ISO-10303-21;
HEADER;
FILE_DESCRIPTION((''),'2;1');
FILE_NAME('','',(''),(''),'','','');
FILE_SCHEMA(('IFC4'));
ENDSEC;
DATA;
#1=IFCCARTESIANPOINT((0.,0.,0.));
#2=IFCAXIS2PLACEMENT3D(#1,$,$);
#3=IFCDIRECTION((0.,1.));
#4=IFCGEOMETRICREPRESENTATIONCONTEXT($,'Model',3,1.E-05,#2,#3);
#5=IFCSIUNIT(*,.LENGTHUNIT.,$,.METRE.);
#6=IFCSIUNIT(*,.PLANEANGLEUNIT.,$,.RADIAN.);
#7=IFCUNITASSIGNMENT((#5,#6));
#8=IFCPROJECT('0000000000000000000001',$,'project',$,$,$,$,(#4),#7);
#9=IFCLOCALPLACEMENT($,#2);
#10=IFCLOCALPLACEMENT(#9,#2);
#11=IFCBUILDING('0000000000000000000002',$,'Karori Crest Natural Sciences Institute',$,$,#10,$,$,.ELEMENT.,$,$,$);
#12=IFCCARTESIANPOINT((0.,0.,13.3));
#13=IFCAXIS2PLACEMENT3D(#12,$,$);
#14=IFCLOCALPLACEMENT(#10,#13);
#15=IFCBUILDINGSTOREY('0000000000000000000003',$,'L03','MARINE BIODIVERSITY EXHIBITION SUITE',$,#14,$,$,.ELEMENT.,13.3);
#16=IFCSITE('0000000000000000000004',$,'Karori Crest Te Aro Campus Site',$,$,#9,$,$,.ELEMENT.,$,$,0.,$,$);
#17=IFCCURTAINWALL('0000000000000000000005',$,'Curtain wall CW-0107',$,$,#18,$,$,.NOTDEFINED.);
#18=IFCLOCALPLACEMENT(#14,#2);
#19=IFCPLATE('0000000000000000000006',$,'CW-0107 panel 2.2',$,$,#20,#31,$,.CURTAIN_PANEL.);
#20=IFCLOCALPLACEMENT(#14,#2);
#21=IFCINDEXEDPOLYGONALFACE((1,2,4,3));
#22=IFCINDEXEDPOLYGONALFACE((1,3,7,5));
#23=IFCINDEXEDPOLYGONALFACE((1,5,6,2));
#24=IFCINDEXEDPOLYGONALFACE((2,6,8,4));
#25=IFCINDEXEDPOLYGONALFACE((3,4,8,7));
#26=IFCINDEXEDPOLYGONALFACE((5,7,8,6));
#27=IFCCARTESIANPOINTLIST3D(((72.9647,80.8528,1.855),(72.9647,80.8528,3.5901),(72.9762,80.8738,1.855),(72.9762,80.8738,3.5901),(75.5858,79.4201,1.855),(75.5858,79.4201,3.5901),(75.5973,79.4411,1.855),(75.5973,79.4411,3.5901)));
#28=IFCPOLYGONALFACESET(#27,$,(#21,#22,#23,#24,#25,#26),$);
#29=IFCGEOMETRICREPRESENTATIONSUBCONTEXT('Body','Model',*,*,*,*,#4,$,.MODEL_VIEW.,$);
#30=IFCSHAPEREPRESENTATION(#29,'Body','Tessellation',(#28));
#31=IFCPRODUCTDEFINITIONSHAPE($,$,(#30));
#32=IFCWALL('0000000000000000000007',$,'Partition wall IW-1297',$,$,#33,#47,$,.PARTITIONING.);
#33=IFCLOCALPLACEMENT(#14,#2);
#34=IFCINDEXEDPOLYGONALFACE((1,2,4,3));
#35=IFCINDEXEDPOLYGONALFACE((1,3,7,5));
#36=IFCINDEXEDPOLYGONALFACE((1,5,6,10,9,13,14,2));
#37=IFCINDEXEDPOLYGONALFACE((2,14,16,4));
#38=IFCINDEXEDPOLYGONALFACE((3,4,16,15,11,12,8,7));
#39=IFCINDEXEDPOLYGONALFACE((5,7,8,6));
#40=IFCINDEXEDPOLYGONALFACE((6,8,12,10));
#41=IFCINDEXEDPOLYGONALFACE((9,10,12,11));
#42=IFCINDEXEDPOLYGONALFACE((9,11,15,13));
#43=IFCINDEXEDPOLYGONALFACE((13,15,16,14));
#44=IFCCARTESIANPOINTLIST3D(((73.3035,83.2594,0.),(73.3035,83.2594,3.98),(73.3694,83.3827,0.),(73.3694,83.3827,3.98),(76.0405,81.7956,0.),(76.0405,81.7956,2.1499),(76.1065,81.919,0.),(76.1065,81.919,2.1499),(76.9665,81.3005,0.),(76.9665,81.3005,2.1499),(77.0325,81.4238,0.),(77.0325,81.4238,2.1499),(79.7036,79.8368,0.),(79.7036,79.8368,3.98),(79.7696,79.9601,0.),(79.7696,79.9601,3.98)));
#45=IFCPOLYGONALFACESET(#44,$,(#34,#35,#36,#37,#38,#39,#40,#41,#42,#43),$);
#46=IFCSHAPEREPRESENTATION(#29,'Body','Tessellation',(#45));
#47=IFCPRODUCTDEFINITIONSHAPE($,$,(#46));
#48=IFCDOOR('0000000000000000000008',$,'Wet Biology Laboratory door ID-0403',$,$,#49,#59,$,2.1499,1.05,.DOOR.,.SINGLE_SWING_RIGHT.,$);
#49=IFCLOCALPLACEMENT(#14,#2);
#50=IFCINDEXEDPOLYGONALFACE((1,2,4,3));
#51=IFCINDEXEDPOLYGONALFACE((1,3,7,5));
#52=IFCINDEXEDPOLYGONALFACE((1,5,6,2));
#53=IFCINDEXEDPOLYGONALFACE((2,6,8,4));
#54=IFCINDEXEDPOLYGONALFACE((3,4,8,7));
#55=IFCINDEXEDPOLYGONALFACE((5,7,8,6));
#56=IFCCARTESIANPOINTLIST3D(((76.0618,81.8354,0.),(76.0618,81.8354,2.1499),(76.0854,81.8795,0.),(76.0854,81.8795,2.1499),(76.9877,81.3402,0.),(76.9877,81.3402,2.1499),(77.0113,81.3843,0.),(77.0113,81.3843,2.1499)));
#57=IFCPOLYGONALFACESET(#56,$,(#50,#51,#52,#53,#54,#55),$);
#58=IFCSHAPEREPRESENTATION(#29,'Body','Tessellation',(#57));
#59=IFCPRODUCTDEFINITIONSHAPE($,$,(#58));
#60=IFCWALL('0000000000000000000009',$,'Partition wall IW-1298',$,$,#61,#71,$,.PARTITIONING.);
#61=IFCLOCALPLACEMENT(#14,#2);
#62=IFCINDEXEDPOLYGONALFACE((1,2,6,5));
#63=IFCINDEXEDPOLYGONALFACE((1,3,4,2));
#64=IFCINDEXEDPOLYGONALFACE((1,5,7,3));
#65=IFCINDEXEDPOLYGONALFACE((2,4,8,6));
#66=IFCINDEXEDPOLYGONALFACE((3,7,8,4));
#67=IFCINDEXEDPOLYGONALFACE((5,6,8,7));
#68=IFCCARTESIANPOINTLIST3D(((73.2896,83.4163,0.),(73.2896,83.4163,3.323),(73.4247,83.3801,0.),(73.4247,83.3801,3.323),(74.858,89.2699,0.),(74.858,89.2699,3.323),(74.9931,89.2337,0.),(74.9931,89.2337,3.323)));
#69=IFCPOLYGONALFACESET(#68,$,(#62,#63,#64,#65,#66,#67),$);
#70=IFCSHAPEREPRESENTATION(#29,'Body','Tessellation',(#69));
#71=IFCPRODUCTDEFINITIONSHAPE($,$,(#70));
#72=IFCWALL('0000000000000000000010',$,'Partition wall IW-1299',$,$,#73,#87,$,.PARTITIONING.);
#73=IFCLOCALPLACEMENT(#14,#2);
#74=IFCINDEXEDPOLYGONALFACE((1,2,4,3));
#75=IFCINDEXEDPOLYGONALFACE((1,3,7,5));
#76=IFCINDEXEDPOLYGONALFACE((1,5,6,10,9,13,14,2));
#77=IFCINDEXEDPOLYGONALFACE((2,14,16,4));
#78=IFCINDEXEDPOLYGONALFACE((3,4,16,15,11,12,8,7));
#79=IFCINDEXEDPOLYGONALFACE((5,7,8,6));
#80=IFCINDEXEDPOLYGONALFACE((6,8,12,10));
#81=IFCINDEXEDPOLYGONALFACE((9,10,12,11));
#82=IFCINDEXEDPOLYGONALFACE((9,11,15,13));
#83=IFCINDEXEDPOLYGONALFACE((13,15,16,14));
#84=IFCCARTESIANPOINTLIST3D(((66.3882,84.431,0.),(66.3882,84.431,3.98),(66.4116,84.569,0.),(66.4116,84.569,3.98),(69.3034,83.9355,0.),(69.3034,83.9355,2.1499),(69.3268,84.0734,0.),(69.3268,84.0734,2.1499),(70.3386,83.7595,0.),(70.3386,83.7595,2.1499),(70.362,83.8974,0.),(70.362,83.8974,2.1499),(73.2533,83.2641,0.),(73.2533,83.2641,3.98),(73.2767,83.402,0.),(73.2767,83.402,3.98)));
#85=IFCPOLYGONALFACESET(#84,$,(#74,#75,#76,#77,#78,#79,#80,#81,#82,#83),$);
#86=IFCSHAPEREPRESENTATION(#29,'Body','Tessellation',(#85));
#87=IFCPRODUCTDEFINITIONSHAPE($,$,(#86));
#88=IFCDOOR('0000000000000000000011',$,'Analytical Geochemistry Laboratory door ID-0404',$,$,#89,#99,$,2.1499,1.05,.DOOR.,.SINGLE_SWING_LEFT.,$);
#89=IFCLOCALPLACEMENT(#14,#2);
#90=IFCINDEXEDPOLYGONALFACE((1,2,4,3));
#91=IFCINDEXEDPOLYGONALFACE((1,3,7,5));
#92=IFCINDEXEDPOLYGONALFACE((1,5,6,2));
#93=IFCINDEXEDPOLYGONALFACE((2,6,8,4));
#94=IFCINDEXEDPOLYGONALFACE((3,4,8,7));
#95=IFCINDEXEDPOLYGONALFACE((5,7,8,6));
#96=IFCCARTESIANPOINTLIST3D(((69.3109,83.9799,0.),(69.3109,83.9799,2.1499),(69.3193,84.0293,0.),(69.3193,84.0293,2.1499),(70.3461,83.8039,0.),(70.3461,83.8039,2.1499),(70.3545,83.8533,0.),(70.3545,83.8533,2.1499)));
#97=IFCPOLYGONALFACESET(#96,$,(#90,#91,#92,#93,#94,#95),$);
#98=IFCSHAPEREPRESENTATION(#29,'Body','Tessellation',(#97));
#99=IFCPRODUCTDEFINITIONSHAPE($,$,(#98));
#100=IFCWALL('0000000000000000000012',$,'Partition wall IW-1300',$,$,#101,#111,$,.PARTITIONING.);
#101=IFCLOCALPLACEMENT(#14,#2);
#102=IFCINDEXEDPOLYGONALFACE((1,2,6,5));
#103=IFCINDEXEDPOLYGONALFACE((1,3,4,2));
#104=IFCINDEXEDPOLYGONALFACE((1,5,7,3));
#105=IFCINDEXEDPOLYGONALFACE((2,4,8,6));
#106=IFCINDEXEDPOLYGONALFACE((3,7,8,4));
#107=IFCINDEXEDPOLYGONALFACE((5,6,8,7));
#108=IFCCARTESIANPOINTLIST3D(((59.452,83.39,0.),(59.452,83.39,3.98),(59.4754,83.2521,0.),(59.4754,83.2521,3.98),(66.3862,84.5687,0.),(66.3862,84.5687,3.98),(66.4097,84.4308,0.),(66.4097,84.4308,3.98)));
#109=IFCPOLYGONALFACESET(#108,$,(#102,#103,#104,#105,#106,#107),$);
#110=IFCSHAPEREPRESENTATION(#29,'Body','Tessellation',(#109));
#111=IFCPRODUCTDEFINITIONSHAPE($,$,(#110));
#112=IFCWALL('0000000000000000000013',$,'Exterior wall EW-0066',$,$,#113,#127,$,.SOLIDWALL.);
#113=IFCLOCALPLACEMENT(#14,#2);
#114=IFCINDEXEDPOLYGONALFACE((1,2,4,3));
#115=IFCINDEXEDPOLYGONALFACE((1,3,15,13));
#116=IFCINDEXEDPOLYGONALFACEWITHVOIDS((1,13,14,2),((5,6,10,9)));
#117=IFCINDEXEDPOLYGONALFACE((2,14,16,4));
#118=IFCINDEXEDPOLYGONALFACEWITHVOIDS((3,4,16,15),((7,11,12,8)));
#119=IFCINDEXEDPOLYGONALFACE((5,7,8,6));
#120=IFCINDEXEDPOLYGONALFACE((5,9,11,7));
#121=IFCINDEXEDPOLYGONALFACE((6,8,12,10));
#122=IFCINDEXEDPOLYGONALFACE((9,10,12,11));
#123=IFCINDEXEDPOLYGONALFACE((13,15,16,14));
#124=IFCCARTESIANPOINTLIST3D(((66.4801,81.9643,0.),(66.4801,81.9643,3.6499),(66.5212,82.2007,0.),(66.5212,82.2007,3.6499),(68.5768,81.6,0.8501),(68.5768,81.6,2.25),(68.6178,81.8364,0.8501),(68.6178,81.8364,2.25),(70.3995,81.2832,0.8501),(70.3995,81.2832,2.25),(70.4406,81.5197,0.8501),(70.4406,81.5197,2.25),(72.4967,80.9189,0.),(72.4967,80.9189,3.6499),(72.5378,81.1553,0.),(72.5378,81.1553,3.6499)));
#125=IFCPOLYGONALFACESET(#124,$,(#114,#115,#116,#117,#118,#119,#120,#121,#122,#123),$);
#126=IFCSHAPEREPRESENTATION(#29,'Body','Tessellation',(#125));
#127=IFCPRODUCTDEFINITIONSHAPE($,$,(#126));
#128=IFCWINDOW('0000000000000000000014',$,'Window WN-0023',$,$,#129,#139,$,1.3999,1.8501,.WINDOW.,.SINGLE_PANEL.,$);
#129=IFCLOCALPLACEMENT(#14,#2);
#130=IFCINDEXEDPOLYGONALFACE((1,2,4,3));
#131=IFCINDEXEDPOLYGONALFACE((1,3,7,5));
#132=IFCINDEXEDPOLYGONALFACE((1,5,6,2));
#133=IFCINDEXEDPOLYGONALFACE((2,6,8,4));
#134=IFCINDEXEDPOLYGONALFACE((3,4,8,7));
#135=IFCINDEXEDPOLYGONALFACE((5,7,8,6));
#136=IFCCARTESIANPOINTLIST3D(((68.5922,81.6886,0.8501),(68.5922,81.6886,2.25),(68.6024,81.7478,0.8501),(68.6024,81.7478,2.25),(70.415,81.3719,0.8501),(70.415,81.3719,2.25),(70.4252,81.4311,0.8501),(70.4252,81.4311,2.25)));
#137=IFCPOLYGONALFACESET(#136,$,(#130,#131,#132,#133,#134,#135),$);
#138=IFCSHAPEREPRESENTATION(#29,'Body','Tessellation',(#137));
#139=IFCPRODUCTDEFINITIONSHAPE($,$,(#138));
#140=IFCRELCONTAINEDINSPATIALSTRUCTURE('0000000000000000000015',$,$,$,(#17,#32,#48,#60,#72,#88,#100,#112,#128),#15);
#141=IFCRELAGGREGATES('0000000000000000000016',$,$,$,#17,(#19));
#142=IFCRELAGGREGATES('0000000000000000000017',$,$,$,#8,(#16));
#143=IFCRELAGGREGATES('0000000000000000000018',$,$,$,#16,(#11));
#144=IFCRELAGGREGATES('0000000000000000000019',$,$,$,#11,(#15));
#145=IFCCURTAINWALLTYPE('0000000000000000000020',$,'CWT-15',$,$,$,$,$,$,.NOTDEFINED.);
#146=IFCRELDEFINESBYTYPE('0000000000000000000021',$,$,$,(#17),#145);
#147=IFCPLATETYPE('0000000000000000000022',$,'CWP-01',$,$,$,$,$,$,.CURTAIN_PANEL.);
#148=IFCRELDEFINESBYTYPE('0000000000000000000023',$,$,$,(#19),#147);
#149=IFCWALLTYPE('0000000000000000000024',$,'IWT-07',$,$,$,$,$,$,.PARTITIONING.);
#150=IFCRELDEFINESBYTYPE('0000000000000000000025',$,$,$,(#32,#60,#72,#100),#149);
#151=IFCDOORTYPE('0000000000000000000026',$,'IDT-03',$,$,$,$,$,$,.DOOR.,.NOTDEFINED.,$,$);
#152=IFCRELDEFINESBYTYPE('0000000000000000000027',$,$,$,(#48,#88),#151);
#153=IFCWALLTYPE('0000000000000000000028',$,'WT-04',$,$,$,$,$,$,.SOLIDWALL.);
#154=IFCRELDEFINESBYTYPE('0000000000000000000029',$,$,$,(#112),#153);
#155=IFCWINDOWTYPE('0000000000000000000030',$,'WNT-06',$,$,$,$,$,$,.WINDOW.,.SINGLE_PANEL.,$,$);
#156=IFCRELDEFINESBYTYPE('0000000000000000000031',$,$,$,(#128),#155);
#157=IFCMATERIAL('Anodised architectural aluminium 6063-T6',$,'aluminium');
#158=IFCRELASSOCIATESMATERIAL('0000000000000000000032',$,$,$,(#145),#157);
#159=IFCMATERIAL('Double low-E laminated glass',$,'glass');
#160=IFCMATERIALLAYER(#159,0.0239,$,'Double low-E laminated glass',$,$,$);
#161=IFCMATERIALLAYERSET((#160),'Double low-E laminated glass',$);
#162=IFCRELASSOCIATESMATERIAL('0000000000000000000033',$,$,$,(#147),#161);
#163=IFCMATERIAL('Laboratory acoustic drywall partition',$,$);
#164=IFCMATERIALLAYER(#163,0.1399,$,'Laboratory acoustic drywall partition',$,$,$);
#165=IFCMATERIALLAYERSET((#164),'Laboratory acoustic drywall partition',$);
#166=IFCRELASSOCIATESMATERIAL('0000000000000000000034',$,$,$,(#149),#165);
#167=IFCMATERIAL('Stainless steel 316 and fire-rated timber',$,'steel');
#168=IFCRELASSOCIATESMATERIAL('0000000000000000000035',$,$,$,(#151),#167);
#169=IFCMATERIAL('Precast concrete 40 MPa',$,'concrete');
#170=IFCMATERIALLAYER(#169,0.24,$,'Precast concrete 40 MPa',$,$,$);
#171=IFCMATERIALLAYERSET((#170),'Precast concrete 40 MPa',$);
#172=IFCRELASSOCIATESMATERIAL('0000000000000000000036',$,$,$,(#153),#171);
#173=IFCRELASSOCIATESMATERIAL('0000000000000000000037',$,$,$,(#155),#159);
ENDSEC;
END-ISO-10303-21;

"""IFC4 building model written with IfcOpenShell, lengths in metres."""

from ifc_helpers import new_model, si_unit, direction, frame, frame_2d, origin, origin_2d, place, context, subcontext, project, spatial, rectangle, extrude, material, layer, layer_set, type_object, element, fill, aggregate, save


model = new_model("IFC4")

# Units and contexts
model_context = context("Model", 3, precision=1e-05, world=origin(), true_north=direction((0.0, 1.0)))
body_context = subcontext(model_context, "Body", "Model", "MODEL_VIEW")
ifc_project = project(units=[si_unit("LENGTHUNIT", "METRE"), si_unit("PLANEANGLEUNIT", "RADIAN")], contexts=[model_context])

# Site, building, storey
site_placement = place(None, origin())
site = spatial("IfcSite", under=ifc_project, at=site_placement, Name="Karori Crest Te Aro Campus Site", CompositionType="ELEMENT", RefElevation=0.0)
building_placement = place(site_placement, origin())
building = spatial("IfcBuilding", under=site, at=building_placement, Name="Karori Crest Natural Sciences Institute", CompositionType="ELEMENT")
storey_placement = place(building_placement, frame((0.0, 0.0, 13.3)))
storey = spatial("IfcBuildingStorey", under=building, at=storey_placement, Name="L03", Description="MARINE BIODIVERSITY EXHIBITION SUITE", CompositionType="ELEMENT", Elevation=13.3)

# Curtain wall
ifc_material_1 = material(Name="Anodised architectural aluminium 6063-T6", Category="aluminium")
curtain_wall_type_1 = type_object("IfcCurtainWallType", Name="CWT-15", PredefinedType="NOTDEFINED", material=ifc_material_1)
curtain_wall_1_placement = place(storey_placement, origin())
curtain_wall_1 = element("IfcCurtainWall", 1, at=curtain_wall_1_placement, inside=storey, type_object=curtain_wall_type_1, Name="Curtain wall CW-0107", PredefinedType="NOTDEFINED")

# Plate
ifc_material_2 = material(Name="Double low-E laminated glass", Category="glass")
ifc_layer_1 = layer(ifc_material_2, 0.0239, Name="Double low-E laminated glass")
ifc_layer_set_1 = layer_set([ifc_layer_1], Name="Double low-E laminated glass")
plate_type = type_object("IfcPlateType", Name="CWP-01", PredefinedType="CURTAIN_PANEL", material=ifc_layer_set_1)
plate_1_placement = place(storey_placement, frame((74.281, 80.147, 1.855), z_axis=(0.0, 0.0, 1.0), x_axis=(-0.87747, 0.479631, 0.0)))
plate_1 = element("IfcPlate", 2, at=plate_1_placement, type_object=plate_type, Name="CW-0107 panel 2.2", PredefinedType="CURTAIN_PANEL", context=body_context, shape_type="SweptSolid", body=[
    extrude(rectangle(XDim=2.9871, YDim=0.0239, at=origin_2d()), origin(), (0.0, 0.0, 1.0), 1.7351),
])
aggregate(curtain_wall_1, [plate_1])

# Wall, opening, door
ifc_material_3 = material(Name="Laboratory acoustic drywall partition")
ifc_layer_2 = layer(ifc_material_3, 0.1399, Name="Laboratory acoustic drywall partition")
ifc_layer_set_2 = layer_set([ifc_layer_2], Name="Laboratory acoustic drywall partition")
wall_type_1 = type_object("IfcWallType", Name="IWT-07", PredefinedType="PARTITIONING", material=ifc_layer_set_2)
wall_1_placement = place(storey_placement, frame((79.7366, 79.8984, 0.0), z_axis=(0.0, 0.0, 1.0), x_axis=(-0.881826, 0.471574, 0.0)))
wall_1 = element("IfcWall", 3, at=wall_1_placement, inside=storey, type_object=wall_type_1, Name="Partition wall IW-1297", PredefinedType="PARTITIONING", context=body_context, shape_type="SweptSolid", body=[
    extrude(rectangle(XDim=7.2578, YDim=0.1399, at=frame_2d((3.6289, 0.0))), origin(), (0.0, 0.0, 1.0), 3.98),
])
opening_1_placement = place(wall_1_placement, frame((3.104, 0.0, 0.0)))
opening_1 = element("IfcOpeningElement", 4, at=opening_1_placement, cuts=wall_1, PredefinedType="OPENING", context=body_context, shape_type="SweptSolid", body=[
    extrude(rectangle(XDim=1.05, YDim=2.1499, at=frame_2d((0.5249, 1.075))), frame((0.0, 0.0801, 0.0), z_axis=(0.0, -1.0, 0.0), x_axis=(1.0, 0.0, 0.0)), (0.0, 0.0, 1.0), 0.1599),
])
ifc_material_4 = material(Name="Stainless steel 316 and fire-rated timber", Category="steel")
door_type = type_object("IfcDoorType", Name="IDT-03", OperationType="NOTDEFINED", PredefinedType="DOOR", material=ifc_material_4)
door_1_placement = place(opening_1_placement, origin())
door_1 = element("IfcDoor", 5, at=door_1_placement, inside=storey, type_object=door_type, Name="Wet Biology Laboratory door ID-0403", OperationType="SINGLE_SWING_RIGHT", OverallHeight=2.1499, OverallWidth=1.05, PredefinedType="DOOR", context=body_context, shape_type="SweptSolid", body=[
    extrude(rectangle(XDim=1.05, YDim=2.1499, at=frame_2d((0.5249, 1.075))), frame((0.0, 0.0249, 0.0), z_axis=(0.0, -1.0, 0.0), x_axis=(1.0, 0.0, 0.0)), (0.0, 0.0, 1.0), 0.05),
])
fill(opening_1, door_1)

# Wall
wall_2_placement = place(storey_placement, frame((73.3572, 83.3982, 0.0), z_axis=(0.0, 0.0, 1.0), x_axis=(0.258806, 0.965929, 0.0)))
element("IfcWall", 6, at=wall_2_placement, inside=storey, type_object=wall_type_1, Name="Partition wall IW-1298", PredefinedType="PARTITIONING", context=body_context, shape_type="SweptSolid", body=[
    extrude(rectangle(XDim=6.0601, YDim=0.1399, at=frame_2d((3.03, 0.0))), origin(), (0.0, 0.0, 1.0), 3.323),
])

# Wall, opening, door
wall_3_placement = place(storey_placement, frame((73.2651, 83.333, 0.0), z_axis=(0.0, 0.0, 1.0), x_axis=(-0.985858, 0.167582, 0.0)))
wall_3 = element("IfcWall", 7, at=wall_3_placement, inside=storey, type_object=wall_type_1, Name="Partition wall IW-1299", PredefinedType="PARTITIONING", context=body_context, shape_type="SweptSolid", body=[
    extrude(rectangle(XDim=6.9636, YDim=0.1399, at=frame_2d((3.4819, 0.0))), origin(), (0.0, 0.0, 1.0), 3.98),
])
opening_2_placement = place(wall_3_placement, frame((2.9568, 0.0, 0.0)))
opening_2 = element("IfcOpeningElement", 8, at=opening_2_placement, cuts=wall_3, PredefinedType="OPENING", context=body_context, shape_type="SweptSolid", body=[
    extrude(rectangle(XDim=1.05, YDim=2.1499, at=frame_2d((0.5249, 1.075))), frame((0.0, 0.0801, 0.0), z_axis=(0.0, -1.0, 0.0), x_axis=(1.0, 0.0, 0.0)), (0.0, 0.0, 1.0), 0.1599),
])
door_2_placement = place(opening_2_placement, origin())
door_2 = element("IfcDoor", 9, at=door_2_placement, inside=storey, type_object=door_type, Name="Analytical Geochemistry Laboratory door ID-0404", OperationType="SINGLE_SWING_LEFT", OverallHeight=2.1499, OverallWidth=1.05, PredefinedType="DOOR", context=body_context, shape_type="SweptSolid", body=[
    extrude(rectangle(XDim=1.05, YDim=2.1499, at=frame_2d((0.5249, 1.075))), frame((0.0, 0.0249, 0.0), z_axis=(0.0, -1.0, 0.0), x_axis=(1.0, 0.0, 0.0)), (0.0, 0.0, 1.0), 0.05),
])
fill(opening_2, door_2)

# Wall
wall_4_placement = place(storey_placement, frame((66.3979, 84.4998, 0.0), z_axis=(0.0, 0.0, 1.0), x_axis=(-0.985859, -0.167578, 0.0)))
element("IfcWall", 10, at=wall_4_placement, inside=storey, type_object=wall_type_1, Name="Partition wall IW-1300", PredefinedType="PARTITIONING", context=body_context, shape_type="SweptSolid", body=[
    extrude(rectangle(XDim=7.0337, YDim=0.1399, at=frame_2d((3.5168, 0.0))), origin(), (0.0, 0.0, 1.0), 3.98),
])

# Wall, opening, window
ifc_material_5 = material(Name="Precast concrete 40 MPa", Category="concrete")
ifc_layer_3 = layer(ifc_material_5, 0.24, Name="Precast concrete 40 MPa")
ifc_layer_set_3 = layer_set([ifc_layer_3], Name="Precast concrete 40 MPa")
wall_type_2 = type_object("IfcWallType", Name="WT-04", PredefinedType="SOLIDWALL", material=ifc_layer_set_3)
wall_5_placement = place(storey_placement, frame((72.5171, 81.0371, 0.0), z_axis=(0.0, 0.0, 1.0), x_axis=(-0.985238, 0.171189, 0.0)))
wall_5 = element("IfcWall", 11, at=wall_5_placement, inside=storey, type_object=wall_type_2, Name="Exterior wall EW-0066", PredefinedType="SOLIDWALL", context=body_context, shape_type="SweptSolid", body=[
    extrude(rectangle(XDim=6.1067, YDim=0.24, at=frame_2d((3.0532, 0.0))), origin(), (0.0, 0.0, 1.0), 3.6499),
])
opening_3_placement = place(wall_5_placement, frame((2.1284, 0.0, 0.8501)))
opening_3 = element("IfcOpeningElement", 12, at=opening_3_placement, cuts=wall_5, PredefinedType="OPENING", context=body_context, shape_type="SweptSolid", body=[
    extrude(rectangle(XDim=1.8501, YDim=1.3999, at=frame_2d((0.925, 0.7))), frame((0.0, 0.1299, 0.0), z_axis=(0.0, -1.0, 0.0), x_axis=(1.0, 0.0, 0.0)), (0.0, 0.0, 1.0), 0.26),
])
window_type = type_object("IfcWindowType", Name="WNT-06", PartitioningType="SINGLE_PANEL", PredefinedType="WINDOW", material=ifc_material_2)
window_placement = place(opening_3_placement, origin())
window = element("IfcWindow", 13, at=window_placement, inside=storey, type_object=window_type, Name="Window WN-0023", OverallHeight=1.3999, OverallWidth=1.8501, PartitioningType="SINGLE_PANEL", PredefinedType="WINDOW", context=body_context, shape_type="SweptSolid", body=[
    extrude(rectangle(XDim=1.8501, YDim=1.3999, at=frame_2d((0.925, 0.7))), frame((0.0, 0.03, 0.0), z_axis=(0.0, -1.0, 0.0), x_axis=(1.0, 0.0, 0.0)), (0.0, 0.0, 1.0), 0.0601),
])
fill(opening_3, window)

save(model, "model.ifc")
